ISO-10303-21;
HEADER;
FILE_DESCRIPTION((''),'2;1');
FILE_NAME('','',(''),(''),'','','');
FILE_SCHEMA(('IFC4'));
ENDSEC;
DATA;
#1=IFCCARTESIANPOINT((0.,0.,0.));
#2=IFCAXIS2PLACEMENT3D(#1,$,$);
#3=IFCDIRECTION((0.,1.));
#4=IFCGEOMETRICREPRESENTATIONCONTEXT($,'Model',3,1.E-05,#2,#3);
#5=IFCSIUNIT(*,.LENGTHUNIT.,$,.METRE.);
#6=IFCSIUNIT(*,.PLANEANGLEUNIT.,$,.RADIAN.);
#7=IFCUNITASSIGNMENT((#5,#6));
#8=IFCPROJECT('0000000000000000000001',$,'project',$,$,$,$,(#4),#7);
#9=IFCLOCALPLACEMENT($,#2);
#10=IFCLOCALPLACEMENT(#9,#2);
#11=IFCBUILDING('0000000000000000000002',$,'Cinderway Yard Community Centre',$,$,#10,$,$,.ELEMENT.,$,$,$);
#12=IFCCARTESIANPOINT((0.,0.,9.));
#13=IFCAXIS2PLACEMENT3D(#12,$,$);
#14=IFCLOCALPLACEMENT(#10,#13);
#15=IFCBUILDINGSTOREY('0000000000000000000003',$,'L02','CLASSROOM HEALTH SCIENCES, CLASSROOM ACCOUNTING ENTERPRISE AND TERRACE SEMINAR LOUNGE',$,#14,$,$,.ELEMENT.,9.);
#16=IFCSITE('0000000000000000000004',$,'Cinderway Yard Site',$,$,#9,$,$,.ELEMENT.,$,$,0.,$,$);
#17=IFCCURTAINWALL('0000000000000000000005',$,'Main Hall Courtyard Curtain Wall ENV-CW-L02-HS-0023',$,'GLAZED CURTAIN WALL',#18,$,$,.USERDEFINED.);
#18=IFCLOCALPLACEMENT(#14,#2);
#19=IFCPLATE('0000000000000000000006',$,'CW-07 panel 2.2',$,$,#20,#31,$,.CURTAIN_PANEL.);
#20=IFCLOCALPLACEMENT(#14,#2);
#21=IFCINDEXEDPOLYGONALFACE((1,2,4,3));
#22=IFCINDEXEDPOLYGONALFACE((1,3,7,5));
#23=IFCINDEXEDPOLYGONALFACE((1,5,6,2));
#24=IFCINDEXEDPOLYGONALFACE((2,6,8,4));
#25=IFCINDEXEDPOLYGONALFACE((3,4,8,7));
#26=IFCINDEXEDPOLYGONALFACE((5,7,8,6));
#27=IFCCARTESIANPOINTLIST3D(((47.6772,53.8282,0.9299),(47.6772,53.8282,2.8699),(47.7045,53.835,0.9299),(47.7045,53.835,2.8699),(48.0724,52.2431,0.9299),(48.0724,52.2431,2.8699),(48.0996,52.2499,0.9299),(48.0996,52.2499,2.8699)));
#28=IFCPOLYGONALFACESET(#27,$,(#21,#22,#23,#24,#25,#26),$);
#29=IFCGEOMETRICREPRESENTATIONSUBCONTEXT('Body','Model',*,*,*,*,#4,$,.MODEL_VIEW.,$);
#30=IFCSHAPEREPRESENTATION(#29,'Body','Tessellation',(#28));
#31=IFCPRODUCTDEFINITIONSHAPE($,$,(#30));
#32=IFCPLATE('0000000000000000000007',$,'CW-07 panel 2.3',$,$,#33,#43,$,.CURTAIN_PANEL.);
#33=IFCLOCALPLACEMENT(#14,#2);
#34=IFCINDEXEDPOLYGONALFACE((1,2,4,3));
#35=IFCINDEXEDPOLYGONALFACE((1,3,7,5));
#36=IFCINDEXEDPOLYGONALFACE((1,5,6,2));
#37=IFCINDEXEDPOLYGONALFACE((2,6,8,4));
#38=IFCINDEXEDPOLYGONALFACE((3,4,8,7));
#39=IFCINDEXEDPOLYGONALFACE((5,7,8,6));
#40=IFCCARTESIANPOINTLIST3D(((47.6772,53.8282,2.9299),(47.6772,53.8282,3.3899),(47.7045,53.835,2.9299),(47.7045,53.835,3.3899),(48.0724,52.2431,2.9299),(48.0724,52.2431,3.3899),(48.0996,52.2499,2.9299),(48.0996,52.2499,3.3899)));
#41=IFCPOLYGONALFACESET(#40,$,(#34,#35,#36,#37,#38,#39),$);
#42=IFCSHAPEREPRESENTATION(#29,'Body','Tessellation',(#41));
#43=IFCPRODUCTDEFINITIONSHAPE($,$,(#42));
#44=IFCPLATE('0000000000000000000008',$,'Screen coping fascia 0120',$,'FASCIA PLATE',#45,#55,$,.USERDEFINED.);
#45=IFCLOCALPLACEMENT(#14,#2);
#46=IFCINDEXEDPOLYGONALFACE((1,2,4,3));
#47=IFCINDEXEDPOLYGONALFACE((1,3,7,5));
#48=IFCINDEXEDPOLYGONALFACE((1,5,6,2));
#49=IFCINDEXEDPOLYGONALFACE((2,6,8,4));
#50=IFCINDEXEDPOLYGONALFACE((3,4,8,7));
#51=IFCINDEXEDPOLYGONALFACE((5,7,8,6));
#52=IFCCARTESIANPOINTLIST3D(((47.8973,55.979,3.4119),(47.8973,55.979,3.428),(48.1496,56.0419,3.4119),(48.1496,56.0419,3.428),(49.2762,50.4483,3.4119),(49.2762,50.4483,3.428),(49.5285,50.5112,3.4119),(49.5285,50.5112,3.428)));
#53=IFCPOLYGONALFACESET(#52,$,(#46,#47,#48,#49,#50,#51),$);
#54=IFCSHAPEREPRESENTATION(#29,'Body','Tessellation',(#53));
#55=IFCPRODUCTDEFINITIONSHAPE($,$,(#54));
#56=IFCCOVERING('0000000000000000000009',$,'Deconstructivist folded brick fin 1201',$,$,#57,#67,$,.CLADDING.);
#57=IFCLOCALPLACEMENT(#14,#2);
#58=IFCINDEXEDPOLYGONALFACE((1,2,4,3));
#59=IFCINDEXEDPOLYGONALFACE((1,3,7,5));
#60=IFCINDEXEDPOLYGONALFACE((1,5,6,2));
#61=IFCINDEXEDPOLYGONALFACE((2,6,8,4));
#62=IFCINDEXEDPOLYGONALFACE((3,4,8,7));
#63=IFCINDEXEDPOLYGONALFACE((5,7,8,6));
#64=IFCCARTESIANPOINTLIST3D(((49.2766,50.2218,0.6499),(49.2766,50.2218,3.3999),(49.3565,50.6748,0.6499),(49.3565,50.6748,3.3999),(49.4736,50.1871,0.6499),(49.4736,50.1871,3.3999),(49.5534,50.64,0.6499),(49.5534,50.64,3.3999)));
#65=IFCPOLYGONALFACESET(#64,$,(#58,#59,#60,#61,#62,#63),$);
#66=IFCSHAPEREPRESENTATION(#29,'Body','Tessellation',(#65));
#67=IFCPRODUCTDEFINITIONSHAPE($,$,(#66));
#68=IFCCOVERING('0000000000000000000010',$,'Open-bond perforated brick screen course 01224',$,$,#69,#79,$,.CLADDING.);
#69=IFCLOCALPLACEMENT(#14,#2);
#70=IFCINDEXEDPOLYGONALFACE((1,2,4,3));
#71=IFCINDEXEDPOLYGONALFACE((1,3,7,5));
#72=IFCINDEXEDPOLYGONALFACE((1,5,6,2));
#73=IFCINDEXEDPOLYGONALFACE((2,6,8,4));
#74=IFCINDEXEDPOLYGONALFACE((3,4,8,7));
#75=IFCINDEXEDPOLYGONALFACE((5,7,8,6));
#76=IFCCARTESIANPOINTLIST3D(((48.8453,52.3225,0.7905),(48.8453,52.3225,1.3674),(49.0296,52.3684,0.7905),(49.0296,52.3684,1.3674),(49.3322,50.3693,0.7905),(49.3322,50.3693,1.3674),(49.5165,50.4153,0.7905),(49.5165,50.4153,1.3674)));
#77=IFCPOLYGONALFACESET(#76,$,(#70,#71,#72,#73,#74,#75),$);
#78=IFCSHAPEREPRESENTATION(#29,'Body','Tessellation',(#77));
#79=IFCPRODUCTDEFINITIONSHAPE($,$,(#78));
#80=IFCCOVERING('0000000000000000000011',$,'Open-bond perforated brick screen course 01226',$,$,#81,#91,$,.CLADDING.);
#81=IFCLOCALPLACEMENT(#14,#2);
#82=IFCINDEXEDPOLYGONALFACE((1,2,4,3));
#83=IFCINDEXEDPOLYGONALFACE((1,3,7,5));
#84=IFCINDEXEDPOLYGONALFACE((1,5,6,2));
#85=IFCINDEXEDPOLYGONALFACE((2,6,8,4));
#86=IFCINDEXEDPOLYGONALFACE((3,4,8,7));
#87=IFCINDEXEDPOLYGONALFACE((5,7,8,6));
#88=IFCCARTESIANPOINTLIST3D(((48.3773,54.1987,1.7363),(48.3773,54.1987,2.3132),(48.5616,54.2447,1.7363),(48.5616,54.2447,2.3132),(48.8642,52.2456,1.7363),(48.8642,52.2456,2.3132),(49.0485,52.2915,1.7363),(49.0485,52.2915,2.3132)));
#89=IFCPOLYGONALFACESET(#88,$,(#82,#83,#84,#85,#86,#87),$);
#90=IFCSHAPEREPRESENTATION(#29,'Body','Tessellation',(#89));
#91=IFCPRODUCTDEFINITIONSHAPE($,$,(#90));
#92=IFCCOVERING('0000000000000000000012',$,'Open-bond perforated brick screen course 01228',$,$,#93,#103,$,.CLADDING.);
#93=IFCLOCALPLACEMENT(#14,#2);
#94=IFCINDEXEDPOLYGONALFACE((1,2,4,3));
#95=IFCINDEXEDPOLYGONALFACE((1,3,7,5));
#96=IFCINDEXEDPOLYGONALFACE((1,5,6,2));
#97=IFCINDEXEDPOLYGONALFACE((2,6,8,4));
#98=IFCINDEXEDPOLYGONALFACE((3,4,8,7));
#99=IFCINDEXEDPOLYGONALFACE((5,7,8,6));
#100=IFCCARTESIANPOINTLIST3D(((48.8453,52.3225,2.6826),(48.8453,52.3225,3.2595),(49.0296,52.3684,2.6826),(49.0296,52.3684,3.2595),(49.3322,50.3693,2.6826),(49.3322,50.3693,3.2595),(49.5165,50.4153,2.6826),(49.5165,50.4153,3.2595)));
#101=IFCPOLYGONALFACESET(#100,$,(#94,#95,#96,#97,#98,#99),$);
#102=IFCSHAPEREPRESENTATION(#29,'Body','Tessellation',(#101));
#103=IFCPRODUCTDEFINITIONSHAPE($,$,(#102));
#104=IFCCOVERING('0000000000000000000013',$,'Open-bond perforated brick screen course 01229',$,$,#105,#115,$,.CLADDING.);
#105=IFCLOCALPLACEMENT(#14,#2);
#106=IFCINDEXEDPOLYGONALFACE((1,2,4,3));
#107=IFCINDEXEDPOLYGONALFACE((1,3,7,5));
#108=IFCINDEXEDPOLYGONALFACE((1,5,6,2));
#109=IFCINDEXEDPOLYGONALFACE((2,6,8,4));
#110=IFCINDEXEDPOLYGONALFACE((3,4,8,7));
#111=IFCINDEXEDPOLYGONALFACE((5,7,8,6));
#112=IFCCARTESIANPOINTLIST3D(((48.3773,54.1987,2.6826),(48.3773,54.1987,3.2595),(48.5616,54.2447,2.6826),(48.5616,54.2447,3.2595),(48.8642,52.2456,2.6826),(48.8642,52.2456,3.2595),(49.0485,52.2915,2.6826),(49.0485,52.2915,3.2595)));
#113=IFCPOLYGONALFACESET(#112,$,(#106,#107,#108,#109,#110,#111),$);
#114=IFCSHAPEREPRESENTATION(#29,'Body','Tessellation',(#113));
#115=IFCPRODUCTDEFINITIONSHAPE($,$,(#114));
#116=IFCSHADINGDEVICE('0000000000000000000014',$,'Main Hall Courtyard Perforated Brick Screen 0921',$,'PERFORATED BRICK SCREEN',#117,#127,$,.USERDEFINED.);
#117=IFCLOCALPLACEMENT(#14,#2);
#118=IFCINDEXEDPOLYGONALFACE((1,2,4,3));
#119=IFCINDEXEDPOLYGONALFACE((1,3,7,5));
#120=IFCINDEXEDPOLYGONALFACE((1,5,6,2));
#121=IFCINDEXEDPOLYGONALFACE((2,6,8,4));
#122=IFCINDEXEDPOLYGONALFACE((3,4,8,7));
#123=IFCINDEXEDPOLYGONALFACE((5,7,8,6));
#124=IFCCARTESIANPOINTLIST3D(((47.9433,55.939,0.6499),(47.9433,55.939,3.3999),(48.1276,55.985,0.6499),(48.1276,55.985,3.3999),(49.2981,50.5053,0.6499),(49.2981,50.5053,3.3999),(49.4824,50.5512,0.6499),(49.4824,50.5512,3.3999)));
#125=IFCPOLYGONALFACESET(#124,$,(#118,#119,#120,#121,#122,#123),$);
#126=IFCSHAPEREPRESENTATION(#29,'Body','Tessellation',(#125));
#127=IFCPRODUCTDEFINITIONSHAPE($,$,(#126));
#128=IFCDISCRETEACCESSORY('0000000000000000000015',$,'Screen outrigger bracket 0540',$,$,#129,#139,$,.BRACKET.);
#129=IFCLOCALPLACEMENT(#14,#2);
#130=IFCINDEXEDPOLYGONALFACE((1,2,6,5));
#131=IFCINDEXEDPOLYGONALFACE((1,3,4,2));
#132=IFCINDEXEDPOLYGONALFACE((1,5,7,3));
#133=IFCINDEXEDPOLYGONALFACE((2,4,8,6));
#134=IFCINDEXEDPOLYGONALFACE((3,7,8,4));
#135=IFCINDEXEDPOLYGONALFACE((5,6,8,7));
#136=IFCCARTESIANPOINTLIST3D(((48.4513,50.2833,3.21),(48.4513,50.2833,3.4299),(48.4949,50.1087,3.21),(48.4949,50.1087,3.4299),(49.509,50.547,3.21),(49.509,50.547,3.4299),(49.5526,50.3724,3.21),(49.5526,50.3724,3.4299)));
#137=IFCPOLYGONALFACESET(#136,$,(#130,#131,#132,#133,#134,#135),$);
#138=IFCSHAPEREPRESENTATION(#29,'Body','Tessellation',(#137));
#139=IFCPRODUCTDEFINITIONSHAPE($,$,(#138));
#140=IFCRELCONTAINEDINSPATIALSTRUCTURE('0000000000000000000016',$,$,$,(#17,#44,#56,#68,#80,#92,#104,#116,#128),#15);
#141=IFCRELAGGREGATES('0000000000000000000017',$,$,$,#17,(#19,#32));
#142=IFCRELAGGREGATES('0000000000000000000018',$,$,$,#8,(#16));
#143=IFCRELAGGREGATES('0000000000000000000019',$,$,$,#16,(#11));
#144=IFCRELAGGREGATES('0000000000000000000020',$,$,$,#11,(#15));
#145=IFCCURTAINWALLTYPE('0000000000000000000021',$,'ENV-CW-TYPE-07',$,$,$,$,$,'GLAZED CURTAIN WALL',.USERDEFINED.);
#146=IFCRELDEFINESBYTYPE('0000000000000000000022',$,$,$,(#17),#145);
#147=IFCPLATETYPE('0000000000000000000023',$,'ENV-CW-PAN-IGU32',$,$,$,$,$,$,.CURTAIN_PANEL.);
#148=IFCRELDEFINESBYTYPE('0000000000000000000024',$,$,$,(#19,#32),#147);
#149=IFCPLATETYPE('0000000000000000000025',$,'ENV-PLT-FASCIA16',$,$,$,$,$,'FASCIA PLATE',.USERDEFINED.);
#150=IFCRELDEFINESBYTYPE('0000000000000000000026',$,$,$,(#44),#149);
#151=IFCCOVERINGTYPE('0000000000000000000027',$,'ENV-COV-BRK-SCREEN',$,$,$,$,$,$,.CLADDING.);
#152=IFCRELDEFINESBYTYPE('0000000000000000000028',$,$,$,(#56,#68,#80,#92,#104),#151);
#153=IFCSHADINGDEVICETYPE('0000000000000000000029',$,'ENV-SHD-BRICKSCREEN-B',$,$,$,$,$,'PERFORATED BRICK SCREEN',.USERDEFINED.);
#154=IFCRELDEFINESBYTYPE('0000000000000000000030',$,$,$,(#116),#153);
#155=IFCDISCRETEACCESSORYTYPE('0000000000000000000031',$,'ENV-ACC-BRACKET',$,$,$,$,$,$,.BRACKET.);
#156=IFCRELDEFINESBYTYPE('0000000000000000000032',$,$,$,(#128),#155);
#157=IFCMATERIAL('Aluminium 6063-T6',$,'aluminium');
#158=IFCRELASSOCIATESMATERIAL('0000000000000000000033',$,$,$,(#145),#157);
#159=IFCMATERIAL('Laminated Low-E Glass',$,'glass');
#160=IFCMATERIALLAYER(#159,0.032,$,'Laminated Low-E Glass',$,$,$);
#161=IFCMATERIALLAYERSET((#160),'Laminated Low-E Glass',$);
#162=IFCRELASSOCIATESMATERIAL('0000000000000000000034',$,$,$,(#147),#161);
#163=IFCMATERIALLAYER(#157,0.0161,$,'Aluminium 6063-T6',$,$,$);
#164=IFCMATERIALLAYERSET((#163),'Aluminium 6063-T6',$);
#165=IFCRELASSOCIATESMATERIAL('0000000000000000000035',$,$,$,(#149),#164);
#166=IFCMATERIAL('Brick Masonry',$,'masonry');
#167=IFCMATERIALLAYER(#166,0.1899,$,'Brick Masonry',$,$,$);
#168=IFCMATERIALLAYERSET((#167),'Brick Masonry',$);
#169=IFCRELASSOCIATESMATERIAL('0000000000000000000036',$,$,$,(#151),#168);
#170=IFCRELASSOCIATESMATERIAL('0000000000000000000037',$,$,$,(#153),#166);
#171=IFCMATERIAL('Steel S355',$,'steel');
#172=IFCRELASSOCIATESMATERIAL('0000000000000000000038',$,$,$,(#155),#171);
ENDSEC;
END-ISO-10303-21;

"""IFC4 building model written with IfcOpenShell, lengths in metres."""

from ifc_helpers import new_model, si_unit, direction, frame, origin, origin_2d, place, context, subcontext, project, spatial, rectangle, extrude, material, layer, layer_set, type_object, element, aggregate, save


model = new_model("IFC4")

# Units and contexts
model_context = context("Model", 3, precision=1e-05, world=origin(), true_north=direction((0.0, 1.0)))
body_context = subcontext(model_context, "Body", "Model", "MODEL_VIEW")
ifc_project = project(units=[si_unit("LENGTHUNIT", "METRE"), si_unit("PLANEANGLEUNIT", "RADIAN")], contexts=[model_context])

# Site, building, storey
site_placement = place(None, origin())
site = spatial("IfcSite", under=ifc_project, at=site_placement, Name="Cinderway Yard Site", CompositionType="ELEMENT", RefElevation=0.0)
building_placement = place(site_placement, origin())
building = spatial("IfcBuilding", under=site, at=building_placement, Name="Cinderway Yard Community Centre", CompositionType="ELEMENT")
storey_placement = place(building_placement, frame((0.0, 0.0, 9.0)))
storey = spatial("IfcBuildingStorey", under=building, at=storey_placement, Name="L02", Description="CLASSROOM HEALTH SCIENCES, CLASSROOM ACCOUNTING ENTERPRISE AND TERRACE SEMINAR LOUNGE", CompositionType="ELEMENT", Elevation=9.0)

# Curtain wall
ifc_material_1 = material(Name="Aluminium 6063-T6", Category="aluminium")
curtain_wall_type = type_object("IfcCurtainWallType", Name="ENV-CW-TYPE-07", ElementType="GLAZED CURTAIN WALL", PredefinedType="USERDEFINED", material=ifc_material_1)
curtain_wall_placement = place(storey_placement, origin())
curtain_wall = element("IfcCurtainWall", 1, at=curtain_wall_placement, inside=storey, type_object=curtain_wall_type, Name="Main Hall Courtyard Curtain Wall ENV-CW-L02-HS-0023", ObjectType="GLAZED CURTAIN WALL", PredefinedType="USERDEFINED")

# Shared definitions
ifc_material_2 = material(Name="Steel S355", Category="steel")

# Plates
ifc_material_3 = material(Name="Laminated Low-E Glass", Category="glass")
ifc_layer_1 = layer(ifc_material_3, 0.032, Name="Laminated Low-E Glass")
ifc_layer_set_1 = layer_set([ifc_layer_1], Name="Laminated Low-E Glass")
plate_type_1 = type_object("IfcPlateType", Name="ENV-CW-PAN-IGU32", PredefinedType="CURTAIN_PANEL", material=ifc_layer_set_1)
plate_1_placement = place(storey_placement, frame((47.8884, 53.0391, 0.9299), z_axis=(0.0, 0.0, 1.0), x_axis=(-0.241887, 0.970304, 0.0)))
plate_1 = element("IfcPlate", 2, at=plate_1_placement, type_object=plate_type_1, Name="CW-07 panel 2.2", PredefinedType="CURTAIN_PANEL", context=body_context, shape_type="SweptSolid", body=[
    extrude(rectangle(XDim=1.6335, YDim=0.0281, at=origin_2d()), origin(), (0.0, 0.0, 1.0), 1.9399),
])
plate_2_placement = place(storey_placement, frame((47.8884, 53.0391, 2.9299), z_axis=(0.0, 0.0, 1.0), x_axis=(-0.241887, 0.970304, 0.0)))
plate_2 = element("IfcPlate", 3, at=plate_2_placement, type_object=plate_type_1, Name="CW-07 panel 2.3", PredefinedType="CURTAIN_PANEL", context=body_context, shape_type="SweptSolid", body=[
    extrude(rectangle(XDim=1.6335, YDim=0.0281, at=origin_2d()), origin(), (0.0, 0.0, 1.0), 0.46),
])
aggregate(curtain_wall, [plate_1, plate_2])
ifc_layer_2 = layer(ifc_material_1, 0.0161, Name="Aluminium 6063-T6")
ifc_layer_set_2 = layer_set([ifc_layer_2], Name="Aluminium 6063-T6")
plate_type_2 = type_object("IfcPlateType", Name="ENV-PLT-FASCIA16", ElementType="FASCIA PLATE", PredefinedType="USERDEFINED", material=ifc_layer_set_2)
plate_3_placement = place(storey_placement, frame((48.7129, 53.2451, 3.4119), z_axis=(0.0, 0.0, 1.0), x_axis=(0.241922, -0.970296, 0.0)))
element("IfcPlate", 4, at=plate_3_placement, inside=storey, type_object=plate_type_2, Name="Screen coping fascia 0120", ObjectType="FASCIA PLATE", PredefinedType="USERDEFINED", context=body_context, shape_type="SweptSolid", body=[
    extrude(rectangle(XDim=5.7, YDim=0.26, at=origin_2d()), origin(), (0.0, 0.0, 1.0), 0.0161),
])

# Coverings
ifc_material_4 = material(Name="Brick Masonry", Category="masonry")
ifc_layer_3 = layer(ifc_material_4, 0.1899, Name="Brick Masonry")
ifc_layer_set_3 = layer_set([ifc_layer_3], Name="Brick Masonry")
covering_type = type_object("IfcCoveringType", Name="ENV-COV-BRK-SCREEN", PredefinedType="CLADDING", material=ifc_layer_set_3)
covering_placement = place(storey_placement, frame((49.415, 50.4309, 0.6499), z_axis=(0.0, 0.0, 1.0), x_axis=(-0.173648, -0.984808, 0.0)))
element("IfcCovering", 5, at=covering_placement, inside=storey, type_object=covering_type, Name="Deconstructivist folded brick fin 1201", PredefinedType="CLADDING", context=body_context, shape_type="SweptSolid", body=[
    extrude(rectangle(XDim=0.46, YDim=0.2, at=origin_2d()), origin(), (0.0, 0.0, 1.0), 2.75),
])
for number, where, z_axis, x_axis, name in (
    (6, (49.1809, 51.3689, 0.7905), (0.0, 0.0, 1.0), (0.241922, -0.970296, 0.0), "Open-bond perforated brick screen course 01224"),
    (7, (48.7129, 53.2451, 1.7363), (0.0, 0.0, 1.0), (0.241922, -0.970296, 0.0), "Open-bond perforated brick screen course 01226"),
    (8, (49.1809, 51.3689, 2.6826), (0.0, 0.0, 1.0), (0.241922, -0.970296, 0.0), "Open-bond perforated brick screen course 01228"),
    (9, (48.7129, 53.2451, 2.6826), (0.0, 0.0, 1.0), (0.241922, -0.970296, 0.0), "Open-bond perforated brick screen course 01229"),
):
    element("IfcCovering", number, at=place(storey_placement, frame(where, z_axis=z_axis, x_axis=x_axis)), inside=storey, type_object=covering_type, Name=name, PredefinedType="CLADDING", context=body_context, shape_type="SweptSolid", body=[
        extrude(rectangle(XDim=2.0129, YDim=0.1899, at=origin_2d()), origin(), (0.0, 0.0, 1.0), 0.5769),
    ])

# Shading device
shading_device_type = type_object("IfcShadingDeviceType", Name="ENV-SHD-BRICKSCREEN-B", ElementType="PERFORATED BRICK SCREEN", PredefinedType="USERDEFINED", material=ifc_material_4)
shading_device_placement = place(storey_placement, frame((48.7129, 53.2451, 0.6499), z_axis=(0.0, 0.0, 1.0), x_axis=(0.241922, -0.970296, 0.0)))
element("IfcShadingDevice", 10, at=shading_device_placement, inside=storey, type_object=shading_device_type, Name="Main Hall Courtyard Perforated Brick Screen 0921", ObjectType="PERFORATED BRICK SCREEN", PredefinedType="USERDEFINED", context=body_context, shape_type="SweptSolid", body=[
    extrude(rectangle(XDim=5.6001, YDim=0.1899, at=origin_2d()), origin(), (0.0, 0.0, 1.0), 2.75),
])

# Discrete accessory
discrete_accessory_type = type_object("IfcDiscreteAccessoryType", Name="ENV-ACC-BRACKET", PredefinedType="BRACKET", material=ifc_material_2)
discrete_accessory_placement = place(storey_placement, frame((49.002, 50.3279, 3.21), z_axis=(0.0, 0.0, 1.0), x_axis=(0.970296, 0.241922, 0.0)))
element("IfcDiscreteAccessory", 11, at=discrete_accessory_placement, inside=storey, type_object=discrete_accessory_type, Name="Screen outrigger bracket 0540", PredefinedType="BRACKET", context=body_context, shape_type="SweptSolid", body=[
    extrude(rectangle(XDim=1.0901, YDim=0.1799, at=origin_2d()), origin(), (0.0, 0.0, 1.0), 0.22),
])

save(model, "model.ifc")
